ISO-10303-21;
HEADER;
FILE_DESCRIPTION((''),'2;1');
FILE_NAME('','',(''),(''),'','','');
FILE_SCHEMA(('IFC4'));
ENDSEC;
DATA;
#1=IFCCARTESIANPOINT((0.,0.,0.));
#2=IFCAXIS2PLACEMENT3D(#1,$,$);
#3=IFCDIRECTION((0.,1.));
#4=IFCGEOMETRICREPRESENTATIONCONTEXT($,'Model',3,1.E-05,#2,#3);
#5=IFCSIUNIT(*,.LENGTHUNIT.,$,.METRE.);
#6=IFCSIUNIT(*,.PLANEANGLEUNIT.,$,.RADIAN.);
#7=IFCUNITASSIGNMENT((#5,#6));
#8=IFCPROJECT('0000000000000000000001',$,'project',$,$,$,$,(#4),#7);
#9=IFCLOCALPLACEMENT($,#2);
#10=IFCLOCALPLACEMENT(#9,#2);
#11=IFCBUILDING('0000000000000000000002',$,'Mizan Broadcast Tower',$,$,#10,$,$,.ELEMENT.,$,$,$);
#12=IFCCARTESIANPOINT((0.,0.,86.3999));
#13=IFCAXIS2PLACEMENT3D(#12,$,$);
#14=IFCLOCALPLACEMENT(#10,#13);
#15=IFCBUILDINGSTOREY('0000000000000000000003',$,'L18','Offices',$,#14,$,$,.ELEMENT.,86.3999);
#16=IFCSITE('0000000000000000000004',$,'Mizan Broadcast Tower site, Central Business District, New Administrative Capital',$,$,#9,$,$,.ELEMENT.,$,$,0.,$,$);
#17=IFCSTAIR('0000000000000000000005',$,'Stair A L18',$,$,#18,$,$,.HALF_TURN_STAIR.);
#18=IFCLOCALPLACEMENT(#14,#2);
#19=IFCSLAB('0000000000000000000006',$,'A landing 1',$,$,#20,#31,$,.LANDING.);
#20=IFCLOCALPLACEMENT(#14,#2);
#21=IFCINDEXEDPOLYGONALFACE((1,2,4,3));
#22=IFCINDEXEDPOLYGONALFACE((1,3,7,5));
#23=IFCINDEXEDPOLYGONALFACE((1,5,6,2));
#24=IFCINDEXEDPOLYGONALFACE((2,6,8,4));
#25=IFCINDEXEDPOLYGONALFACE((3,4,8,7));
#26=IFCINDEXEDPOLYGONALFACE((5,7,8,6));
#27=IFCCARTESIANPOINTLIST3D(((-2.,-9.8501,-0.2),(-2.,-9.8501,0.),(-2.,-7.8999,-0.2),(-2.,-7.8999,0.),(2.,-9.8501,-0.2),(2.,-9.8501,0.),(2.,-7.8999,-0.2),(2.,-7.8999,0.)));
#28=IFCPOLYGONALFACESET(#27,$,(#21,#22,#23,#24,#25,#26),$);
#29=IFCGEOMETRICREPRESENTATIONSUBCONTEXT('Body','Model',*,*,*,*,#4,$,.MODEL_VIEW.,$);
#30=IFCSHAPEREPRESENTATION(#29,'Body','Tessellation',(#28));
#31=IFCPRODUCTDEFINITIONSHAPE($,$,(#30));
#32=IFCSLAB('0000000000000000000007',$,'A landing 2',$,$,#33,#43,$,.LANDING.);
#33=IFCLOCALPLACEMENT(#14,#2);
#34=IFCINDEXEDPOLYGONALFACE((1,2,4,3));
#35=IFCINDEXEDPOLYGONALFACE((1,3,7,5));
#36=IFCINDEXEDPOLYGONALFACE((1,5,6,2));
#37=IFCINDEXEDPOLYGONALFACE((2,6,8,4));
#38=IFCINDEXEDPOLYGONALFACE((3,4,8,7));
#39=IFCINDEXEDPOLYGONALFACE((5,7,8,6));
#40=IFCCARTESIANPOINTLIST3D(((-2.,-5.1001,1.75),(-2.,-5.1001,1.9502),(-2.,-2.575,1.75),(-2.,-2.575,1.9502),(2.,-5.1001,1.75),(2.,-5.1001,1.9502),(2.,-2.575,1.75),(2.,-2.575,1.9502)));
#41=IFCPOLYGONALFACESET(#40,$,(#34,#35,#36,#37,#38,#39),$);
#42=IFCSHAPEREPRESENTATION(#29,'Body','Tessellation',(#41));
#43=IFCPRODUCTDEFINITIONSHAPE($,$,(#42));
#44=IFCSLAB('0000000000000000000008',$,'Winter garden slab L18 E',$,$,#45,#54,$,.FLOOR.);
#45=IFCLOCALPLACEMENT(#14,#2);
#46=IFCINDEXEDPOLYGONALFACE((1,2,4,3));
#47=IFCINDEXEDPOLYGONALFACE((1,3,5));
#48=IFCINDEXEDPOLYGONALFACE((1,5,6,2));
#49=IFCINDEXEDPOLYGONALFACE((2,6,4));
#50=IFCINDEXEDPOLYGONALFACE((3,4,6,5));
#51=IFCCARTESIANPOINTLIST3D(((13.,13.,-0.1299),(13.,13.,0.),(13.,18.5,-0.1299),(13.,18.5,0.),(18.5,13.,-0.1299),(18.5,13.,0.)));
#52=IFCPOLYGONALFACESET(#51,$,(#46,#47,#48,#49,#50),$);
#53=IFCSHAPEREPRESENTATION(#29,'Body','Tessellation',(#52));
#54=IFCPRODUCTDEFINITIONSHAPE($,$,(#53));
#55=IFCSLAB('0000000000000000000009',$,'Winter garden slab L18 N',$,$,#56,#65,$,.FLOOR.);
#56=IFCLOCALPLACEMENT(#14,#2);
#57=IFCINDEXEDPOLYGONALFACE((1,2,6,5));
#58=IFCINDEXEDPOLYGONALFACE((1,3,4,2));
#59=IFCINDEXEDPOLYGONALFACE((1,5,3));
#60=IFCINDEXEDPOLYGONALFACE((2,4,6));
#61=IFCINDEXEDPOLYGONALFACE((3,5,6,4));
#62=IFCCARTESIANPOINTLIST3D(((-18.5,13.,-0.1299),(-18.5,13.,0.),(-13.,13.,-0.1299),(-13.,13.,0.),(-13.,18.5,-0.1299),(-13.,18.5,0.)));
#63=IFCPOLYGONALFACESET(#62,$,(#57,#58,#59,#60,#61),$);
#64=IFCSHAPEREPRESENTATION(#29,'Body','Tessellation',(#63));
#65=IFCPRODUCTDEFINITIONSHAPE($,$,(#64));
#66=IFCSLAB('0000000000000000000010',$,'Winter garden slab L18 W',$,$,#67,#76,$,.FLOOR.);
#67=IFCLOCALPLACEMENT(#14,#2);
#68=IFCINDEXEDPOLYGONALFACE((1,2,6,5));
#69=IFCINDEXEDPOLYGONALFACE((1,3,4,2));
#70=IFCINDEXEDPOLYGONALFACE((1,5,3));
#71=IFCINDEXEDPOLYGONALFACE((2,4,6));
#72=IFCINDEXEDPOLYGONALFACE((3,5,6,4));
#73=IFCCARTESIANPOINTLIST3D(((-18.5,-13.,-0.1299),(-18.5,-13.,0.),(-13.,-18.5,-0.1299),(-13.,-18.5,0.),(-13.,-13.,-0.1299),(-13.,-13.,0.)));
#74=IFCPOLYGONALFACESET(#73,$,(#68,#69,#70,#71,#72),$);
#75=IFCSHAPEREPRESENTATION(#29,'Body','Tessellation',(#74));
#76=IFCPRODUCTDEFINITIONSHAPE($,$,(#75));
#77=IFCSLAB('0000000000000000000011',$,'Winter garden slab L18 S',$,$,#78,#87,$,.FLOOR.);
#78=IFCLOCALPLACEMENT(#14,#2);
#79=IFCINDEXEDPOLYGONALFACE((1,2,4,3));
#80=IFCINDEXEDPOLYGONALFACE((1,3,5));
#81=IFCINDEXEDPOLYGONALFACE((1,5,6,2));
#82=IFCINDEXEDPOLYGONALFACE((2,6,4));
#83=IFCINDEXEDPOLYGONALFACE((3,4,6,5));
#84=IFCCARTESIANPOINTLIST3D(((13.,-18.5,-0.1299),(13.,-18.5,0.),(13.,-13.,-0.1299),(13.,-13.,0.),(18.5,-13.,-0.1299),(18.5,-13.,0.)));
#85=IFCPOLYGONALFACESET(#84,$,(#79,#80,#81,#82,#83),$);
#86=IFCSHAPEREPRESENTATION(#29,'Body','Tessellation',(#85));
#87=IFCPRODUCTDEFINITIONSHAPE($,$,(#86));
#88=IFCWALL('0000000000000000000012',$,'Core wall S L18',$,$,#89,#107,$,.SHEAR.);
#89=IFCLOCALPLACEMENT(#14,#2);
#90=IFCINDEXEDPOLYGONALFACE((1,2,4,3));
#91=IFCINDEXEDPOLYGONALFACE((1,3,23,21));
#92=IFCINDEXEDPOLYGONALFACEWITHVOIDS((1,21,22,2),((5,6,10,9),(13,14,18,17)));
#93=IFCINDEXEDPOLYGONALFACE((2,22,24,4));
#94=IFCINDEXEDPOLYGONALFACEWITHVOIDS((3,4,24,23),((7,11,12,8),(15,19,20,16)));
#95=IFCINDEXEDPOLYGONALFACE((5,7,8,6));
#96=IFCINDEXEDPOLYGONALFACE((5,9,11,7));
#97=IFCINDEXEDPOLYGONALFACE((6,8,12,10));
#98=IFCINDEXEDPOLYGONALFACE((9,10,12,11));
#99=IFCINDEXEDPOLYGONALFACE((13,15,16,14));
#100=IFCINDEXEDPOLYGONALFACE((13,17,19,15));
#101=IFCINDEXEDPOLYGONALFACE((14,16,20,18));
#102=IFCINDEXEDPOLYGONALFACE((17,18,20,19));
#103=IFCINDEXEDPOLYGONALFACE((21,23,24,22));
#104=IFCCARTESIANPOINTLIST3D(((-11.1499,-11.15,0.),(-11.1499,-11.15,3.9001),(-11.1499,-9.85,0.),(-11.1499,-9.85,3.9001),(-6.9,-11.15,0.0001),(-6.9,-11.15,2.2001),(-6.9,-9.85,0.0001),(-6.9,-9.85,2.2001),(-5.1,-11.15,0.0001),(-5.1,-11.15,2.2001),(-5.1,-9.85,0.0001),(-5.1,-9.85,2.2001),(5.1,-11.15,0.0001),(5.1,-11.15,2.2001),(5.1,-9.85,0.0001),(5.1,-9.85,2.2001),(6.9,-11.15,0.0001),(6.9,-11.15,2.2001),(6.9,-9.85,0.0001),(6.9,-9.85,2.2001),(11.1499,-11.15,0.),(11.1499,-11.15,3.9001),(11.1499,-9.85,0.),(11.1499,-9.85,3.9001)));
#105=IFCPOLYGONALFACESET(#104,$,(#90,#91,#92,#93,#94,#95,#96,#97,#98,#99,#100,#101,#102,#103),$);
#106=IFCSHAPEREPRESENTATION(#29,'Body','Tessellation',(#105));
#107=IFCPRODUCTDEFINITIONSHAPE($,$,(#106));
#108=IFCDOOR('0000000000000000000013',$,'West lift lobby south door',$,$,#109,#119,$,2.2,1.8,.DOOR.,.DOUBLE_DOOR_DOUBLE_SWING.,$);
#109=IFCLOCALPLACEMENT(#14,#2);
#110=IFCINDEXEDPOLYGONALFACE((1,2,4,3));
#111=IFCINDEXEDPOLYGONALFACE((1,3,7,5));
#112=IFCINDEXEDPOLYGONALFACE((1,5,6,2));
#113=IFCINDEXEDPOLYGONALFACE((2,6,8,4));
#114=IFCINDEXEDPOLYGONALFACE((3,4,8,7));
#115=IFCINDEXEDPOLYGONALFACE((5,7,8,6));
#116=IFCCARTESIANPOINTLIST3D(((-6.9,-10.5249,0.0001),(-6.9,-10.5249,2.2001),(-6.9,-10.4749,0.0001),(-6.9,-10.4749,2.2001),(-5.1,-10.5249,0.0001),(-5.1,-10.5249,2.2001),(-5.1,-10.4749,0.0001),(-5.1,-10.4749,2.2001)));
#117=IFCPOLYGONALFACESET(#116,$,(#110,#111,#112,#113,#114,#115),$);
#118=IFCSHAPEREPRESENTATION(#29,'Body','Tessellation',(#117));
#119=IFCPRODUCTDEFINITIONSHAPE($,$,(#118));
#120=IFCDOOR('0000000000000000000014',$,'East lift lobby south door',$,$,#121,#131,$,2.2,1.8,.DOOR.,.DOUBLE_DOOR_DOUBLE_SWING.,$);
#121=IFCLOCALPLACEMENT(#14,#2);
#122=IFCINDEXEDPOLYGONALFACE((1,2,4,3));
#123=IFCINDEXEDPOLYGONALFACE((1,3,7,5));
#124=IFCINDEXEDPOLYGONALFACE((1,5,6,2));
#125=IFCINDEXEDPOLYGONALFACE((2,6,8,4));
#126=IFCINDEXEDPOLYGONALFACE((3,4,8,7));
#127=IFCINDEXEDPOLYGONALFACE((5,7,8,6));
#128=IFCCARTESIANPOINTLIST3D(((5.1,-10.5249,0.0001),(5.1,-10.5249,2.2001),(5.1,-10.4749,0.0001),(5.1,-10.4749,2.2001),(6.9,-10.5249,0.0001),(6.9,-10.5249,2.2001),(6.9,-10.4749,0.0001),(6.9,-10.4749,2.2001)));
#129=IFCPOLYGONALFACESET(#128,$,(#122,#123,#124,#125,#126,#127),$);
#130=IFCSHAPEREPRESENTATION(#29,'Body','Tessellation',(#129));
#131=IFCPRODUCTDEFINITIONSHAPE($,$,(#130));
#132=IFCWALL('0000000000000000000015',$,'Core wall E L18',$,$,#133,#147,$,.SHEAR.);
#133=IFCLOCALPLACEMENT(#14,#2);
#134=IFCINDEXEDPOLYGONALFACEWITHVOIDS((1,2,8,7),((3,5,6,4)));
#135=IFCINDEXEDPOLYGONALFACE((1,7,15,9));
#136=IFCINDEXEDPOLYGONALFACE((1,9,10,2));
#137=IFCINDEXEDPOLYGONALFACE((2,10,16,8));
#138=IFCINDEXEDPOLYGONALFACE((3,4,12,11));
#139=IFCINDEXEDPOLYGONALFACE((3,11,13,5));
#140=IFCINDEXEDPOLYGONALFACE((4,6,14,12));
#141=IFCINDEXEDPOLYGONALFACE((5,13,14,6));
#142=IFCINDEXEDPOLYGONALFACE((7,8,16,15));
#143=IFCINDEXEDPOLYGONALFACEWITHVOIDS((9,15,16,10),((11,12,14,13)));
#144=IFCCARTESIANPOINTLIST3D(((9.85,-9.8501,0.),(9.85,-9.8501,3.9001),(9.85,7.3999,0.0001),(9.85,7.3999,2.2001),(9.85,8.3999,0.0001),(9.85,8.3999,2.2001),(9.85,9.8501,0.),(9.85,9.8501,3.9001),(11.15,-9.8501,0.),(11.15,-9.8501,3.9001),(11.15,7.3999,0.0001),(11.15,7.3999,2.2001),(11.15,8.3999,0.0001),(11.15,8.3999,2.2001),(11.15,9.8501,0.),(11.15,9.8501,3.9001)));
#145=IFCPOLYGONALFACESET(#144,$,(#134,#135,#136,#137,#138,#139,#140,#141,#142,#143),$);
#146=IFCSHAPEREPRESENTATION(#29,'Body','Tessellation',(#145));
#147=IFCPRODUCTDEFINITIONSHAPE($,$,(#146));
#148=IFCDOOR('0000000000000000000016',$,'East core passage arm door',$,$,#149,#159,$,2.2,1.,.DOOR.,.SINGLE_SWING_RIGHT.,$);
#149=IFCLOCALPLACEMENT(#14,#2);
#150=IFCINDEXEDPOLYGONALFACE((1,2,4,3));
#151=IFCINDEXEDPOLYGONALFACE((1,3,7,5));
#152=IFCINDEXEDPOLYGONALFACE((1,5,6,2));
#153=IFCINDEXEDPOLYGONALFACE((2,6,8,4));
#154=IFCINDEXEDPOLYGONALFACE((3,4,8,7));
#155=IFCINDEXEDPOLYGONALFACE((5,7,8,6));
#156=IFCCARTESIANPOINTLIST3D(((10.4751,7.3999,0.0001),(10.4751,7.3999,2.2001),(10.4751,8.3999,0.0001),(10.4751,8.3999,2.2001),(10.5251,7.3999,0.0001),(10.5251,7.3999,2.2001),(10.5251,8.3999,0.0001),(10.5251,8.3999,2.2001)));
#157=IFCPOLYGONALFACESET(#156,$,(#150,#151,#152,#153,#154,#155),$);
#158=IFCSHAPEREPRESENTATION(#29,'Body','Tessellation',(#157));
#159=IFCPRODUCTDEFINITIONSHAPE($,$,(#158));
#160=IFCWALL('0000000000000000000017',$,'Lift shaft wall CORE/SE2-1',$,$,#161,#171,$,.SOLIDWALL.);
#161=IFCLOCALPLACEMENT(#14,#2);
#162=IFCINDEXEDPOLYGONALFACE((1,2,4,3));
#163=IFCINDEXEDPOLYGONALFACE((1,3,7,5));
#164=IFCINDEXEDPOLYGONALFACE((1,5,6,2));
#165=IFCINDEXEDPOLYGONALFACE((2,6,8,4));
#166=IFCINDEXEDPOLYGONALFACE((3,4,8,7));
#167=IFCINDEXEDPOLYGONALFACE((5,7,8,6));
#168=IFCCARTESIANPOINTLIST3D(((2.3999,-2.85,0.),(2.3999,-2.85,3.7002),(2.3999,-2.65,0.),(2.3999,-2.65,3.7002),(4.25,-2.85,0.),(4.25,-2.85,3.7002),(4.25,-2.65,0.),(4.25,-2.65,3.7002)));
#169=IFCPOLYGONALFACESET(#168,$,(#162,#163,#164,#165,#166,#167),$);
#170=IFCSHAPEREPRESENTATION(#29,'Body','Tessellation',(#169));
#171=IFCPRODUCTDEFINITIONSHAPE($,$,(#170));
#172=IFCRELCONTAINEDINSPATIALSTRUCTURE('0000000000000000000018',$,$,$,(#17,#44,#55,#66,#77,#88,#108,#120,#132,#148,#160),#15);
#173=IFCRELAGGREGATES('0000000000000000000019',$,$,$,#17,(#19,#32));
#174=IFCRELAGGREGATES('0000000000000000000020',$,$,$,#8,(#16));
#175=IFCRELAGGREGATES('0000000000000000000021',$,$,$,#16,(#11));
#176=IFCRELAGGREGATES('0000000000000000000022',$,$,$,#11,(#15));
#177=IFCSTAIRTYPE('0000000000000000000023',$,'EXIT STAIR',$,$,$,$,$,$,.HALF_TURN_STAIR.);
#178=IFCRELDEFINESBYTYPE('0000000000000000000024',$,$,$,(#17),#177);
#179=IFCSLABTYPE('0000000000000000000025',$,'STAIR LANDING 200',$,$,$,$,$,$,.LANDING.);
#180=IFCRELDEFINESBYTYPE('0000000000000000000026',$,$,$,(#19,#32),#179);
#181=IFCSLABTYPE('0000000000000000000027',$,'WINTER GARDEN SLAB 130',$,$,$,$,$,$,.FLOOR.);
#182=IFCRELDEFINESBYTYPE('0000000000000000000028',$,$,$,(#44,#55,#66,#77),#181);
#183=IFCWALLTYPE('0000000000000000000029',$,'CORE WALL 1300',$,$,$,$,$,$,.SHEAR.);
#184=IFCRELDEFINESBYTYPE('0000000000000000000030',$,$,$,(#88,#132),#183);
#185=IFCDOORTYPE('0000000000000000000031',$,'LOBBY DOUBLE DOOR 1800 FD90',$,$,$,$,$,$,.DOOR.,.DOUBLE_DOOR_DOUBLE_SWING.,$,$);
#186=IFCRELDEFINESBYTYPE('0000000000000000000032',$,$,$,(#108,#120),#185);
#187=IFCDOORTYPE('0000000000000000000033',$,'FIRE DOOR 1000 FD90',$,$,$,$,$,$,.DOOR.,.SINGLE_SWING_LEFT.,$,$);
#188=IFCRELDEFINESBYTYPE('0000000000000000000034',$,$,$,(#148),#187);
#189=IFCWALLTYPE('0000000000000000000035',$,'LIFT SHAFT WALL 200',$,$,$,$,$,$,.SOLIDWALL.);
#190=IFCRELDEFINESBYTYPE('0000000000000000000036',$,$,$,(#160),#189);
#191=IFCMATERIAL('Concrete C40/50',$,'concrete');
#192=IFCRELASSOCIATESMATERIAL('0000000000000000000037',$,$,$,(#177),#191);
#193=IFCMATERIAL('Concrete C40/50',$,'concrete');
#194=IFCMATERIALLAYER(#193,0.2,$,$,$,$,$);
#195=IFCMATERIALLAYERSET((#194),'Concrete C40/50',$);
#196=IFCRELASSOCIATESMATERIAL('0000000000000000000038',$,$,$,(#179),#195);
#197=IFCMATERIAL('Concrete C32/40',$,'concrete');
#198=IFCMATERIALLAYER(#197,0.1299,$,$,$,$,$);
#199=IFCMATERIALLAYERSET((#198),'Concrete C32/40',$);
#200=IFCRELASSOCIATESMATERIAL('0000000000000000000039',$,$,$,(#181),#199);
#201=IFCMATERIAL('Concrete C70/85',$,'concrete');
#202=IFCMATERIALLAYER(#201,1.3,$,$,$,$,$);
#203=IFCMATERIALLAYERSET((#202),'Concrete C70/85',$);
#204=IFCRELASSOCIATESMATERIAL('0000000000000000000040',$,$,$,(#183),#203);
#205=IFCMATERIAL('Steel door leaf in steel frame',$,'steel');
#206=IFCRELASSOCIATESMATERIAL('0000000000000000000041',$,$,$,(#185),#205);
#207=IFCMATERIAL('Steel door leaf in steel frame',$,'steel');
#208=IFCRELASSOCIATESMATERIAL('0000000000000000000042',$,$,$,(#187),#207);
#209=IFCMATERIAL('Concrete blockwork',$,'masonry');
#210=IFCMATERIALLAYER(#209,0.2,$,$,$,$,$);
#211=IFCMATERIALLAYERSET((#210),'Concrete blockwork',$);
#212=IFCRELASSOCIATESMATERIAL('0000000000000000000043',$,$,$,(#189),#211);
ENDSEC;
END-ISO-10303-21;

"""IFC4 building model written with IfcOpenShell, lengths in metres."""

from ifc_helpers import new_model, si_unit, direction, frame, frame_2d, origin, place, context, subcontext, project, spatial, polyline, rectangle, outline, extrude, material, layer, layer_set, type_object, element, fill, aggregate, save


model = new_model("IFC4")

# Units and contexts
model_context = context("Model", 3, precision=1e-05, world=origin(), true_north=direction((0.0, 1.0)))
body_context = subcontext(model_context, "Body", "Model", "MODEL_VIEW")
ifc_project = project(units=[si_unit("LENGTHUNIT", "METRE"), si_unit("PLANEANGLEUNIT", "RADIAN")], contexts=[model_context])

# Site, building, storey
site_placement = place(None, origin())
site = spatial("IfcSite", under=ifc_project, at=site_placement, Name="Mizan Broadcast Tower site, Central Business District, New Administrative Capital", CompositionType="ELEMENT", RefElevation=0.0)
building_placement = place(site_placement, origin())
building = spatial("IfcBuilding", under=site, at=building_placement, Name="Mizan Broadcast Tower", CompositionType="ELEMENT")
storey_placement = place(building_placement, frame((0.0, 0.0, 86.3999)))
storey = spatial("IfcBuildingStorey", under=building, at=storey_placement, Name="L18", Description="Offices", CompositionType="ELEMENT", Elevation=86.3999)

# Stair, slabs
ifc_material_1 = material(Name="Concrete C40/50", Category="concrete")
stair_type = type_object("IfcStairType", Name="EXIT STAIR", PredefinedType="HALF_TURN_STAIR", material=ifc_material_1)
stair_placement = place(storey_placement, origin())
stair = element("IfcStair", 1, at=stair_placement, inside=storey, type_object=stair_type, Name="Stair A L18", PredefinedType="HALF_TURN_STAIR")
ifc_material_2 = material(Name="Concrete C40/50", Category="concrete")
ifc_layer_1 = layer(ifc_material_2, 0.2)
ifc_layer_set_1 = layer_set([ifc_layer_1], Name="Concrete C40/50")
slab_type_1 = type_object("IfcSlabType", Name="STAIR LANDING 200", PredefinedType="LANDING", material=ifc_layer_set_1)
slab_1_placement = place(storey_placement, frame((0.0, 0.0, -0.2)))
slab_1 = element("IfcSlab", 2, at=slab_1_placement, type_object=slab_type_1, Name="A landing 1", PredefinedType="LANDING", context=body_context, shape_type="SweptSolid", body=[
    extrude(outline(polyline([(-2.0, -9.8501), (-2.0, -7.8999), (2.0, -7.8999), (2.0, -9.8501), (-2.0, -9.8501)])), origin(), (0.0, 0.0, 1.0), 0.2),
])
slab_2_placement = place(storey_placement, frame((0.0, 0.0, 1.75)))
slab_2 = element("IfcSlab", 3, at=slab_2_placement, type_object=slab_type_1, Name="A landing 2", PredefinedType="LANDING", context=body_context, shape_type="SweptSolid", body=[
    extrude(outline(polyline([(-2.0, -5.1001), (-2.0, -2.575), (2.0, -2.575), (2.0, -5.1001), (-2.0, -5.1001)])), origin(), (0.0, 0.0, 1.0), 0.2002),
])

# Slabs
ifc_material_3 = material(Name="Concrete C32/40", Category="concrete")
ifc_layer_2 = layer(ifc_material_3, 0.1299)
ifc_layer_set_2 = layer_set([ifc_layer_2], Name="Concrete C32/40")
slab_type_2 = type_object("IfcSlabType", Name="WINTER GARDEN SLAB 130", PredefinedType="FLOOR", material=ifc_layer_set_2)
slab_3_placement = place(storey_placement, frame((0.0, 0.0, -0.1299)))
element("IfcSlab", 4, at=slab_3_placement, inside=storey, type_object=slab_type_2, Name="Winter garden slab L18 E", PredefinedType="FLOOR", context=body_context, shape_type="SweptSolid", body=[
    extrude(outline(polyline([(13.0, 13.0), (18.5, 13.0), (13.0, 18.5), (13.0, 13.0)])), origin(), (0.0, 0.0, 1.0), 0.1299),
])
slab_4_placement = place(storey_placement, frame((0.0, 0.0, -0.1299)))
element("IfcSlab", 5, at=slab_4_placement, inside=storey, type_object=slab_type_2, Name="Winter garden slab L18 N", PredefinedType="FLOOR", context=body_context, shape_type="SweptSolid", body=[
    extrude(outline(polyline([(-13.0, 13.0), (-13.0, 18.5), (-18.5, 13.0), (-13.0, 13.0)])), origin(), (0.0, 0.0, 1.0), 0.1299),
])
slab_5_placement = place(storey_placement, frame((0.0, 0.0, -0.1299)))
element("IfcSlab", 6, at=slab_5_placement, inside=storey, type_object=slab_type_2, Name="Winter garden slab L18 W", PredefinedType="FLOOR", context=body_context, shape_type="SweptSolid", body=[
    extrude(outline(polyline([(-13.0, -13.0), (-18.5, -13.0), (-13.0, -18.5), (-13.0, -13.0)])), origin(), (0.0, 0.0, 1.0), 0.1299),
])
slab_6_placement = place(storey_placement, frame((0.0, 0.0, -0.1299)))
element("IfcSlab", 7, at=slab_6_placement, inside=storey, type_object=slab_type_2, Name="Winter garden slab L18 S", PredefinedType="FLOOR", context=body_context, shape_type="SweptSolid", body=[
    extrude(outline(polyline([(13.0, -13.0), (13.0, -18.5), (18.5, -13.0), (13.0, -13.0)])), origin(), (0.0, 0.0, 1.0), 0.1299),
])

# Wall, openings, doors
ifc_material_4 = material(Name="Concrete C70/85", Category="concrete")
ifc_layer_3 = layer(ifc_material_4, 1.3)
ifc_layer_set_3 = layer_set([ifc_layer_3], Name="Concrete C70/85")
wall_type_1 = type_object("IfcWallType", Name="CORE WALL 1300", PredefinedType="SHEAR", material=ifc_layer_set_3)
wall_1_placement = place(storey_placement, frame((11.1499, -10.5, 0.0), z_axis=(0.0, 0.0, 1.0), x_axis=(-1.0, 0.0, 0.0)))
wall_1 = element("IfcWall", 8, at=wall_1_placement, inside=storey, type_object=wall_type_1, Name="Core wall S L18", PredefinedType="SHEAR", context=body_context, shape_type="SweptSolid", body=[
    extrude(rectangle(XDim=22.2998, YDim=1.3, at=frame_2d((11.1499, 0.0))), origin(), (0.0, 0.0, 1.0), 3.9001),
])
opening_1_placement = place(wall_1_placement, frame((16.25, 0.0, 0.0)))
opening_1 = element("IfcOpeningElement", 9, at=opening_1_placement, cuts=wall_1, PredefinedType="OPENING", context=body_context, shape_type="SweptSolid", body=[
    extrude(rectangle(XDim=1.8, YDim=2.2, at=frame_2d((0.8999, 1.1001))), frame((0.0, 0.6599, 0.0), z_axis=(0.0, -1.0, 0.0), x_axis=(1.0, 0.0, 0.0)), (0.0, 0.0, 1.0), 1.3201),
])
opening_2_placement = place(wall_1_placement, frame((4.25, 0.0, 0.0)))
opening_2 = element("IfcOpeningElement", 10, at=opening_2_placement, cuts=wall_1, PredefinedType="OPENING", context=body_context, shape_type="SweptSolid", body=[
    extrude(rectangle(XDim=1.8, YDim=2.2, at=frame_2d((0.8999, 1.1001))), frame((0.0, 0.6599, 0.0), z_axis=(0.0, -1.0, 0.0), x_axis=(1.0, 0.0, 0.0)), (0.0, 0.0, 1.0), 1.3201),
])
ifc_material_5 = material(Name="Steel door leaf in steel frame", Category="steel")
door_type_1 = type_object("IfcDoorType", Name="LOBBY DOUBLE DOOR 1800 FD90", OperationType="DOUBLE_DOOR_DOUBLE_SWING", PredefinedType="DOOR", material=ifc_material_5)
door_1_placement = place(opening_1_placement, origin())
door_1 = element("IfcDoor", 11, at=door_1_placement, inside=storey, type_object=door_type_1, Name="West lift lobby south door", OperationType="DOUBLE_DOOR_DOUBLE_SWING", OverallHeight=2.2, OverallWidth=1.8, PredefinedType="DOOR", context=body_context, shape_type="SweptSolid", body=[
    extrude(rectangle(XDim=1.8, YDim=2.2, at=frame_2d((0.8999, 1.1001))), frame((0.0, 0.0249, 0.0), z_axis=(0.0, -1.0, 0.0), x_axis=(1.0, 0.0, 0.0)), (0.0, 0.0, 1.0), 0.05),
])
fill(opening_1, door_1)
door_2_placement = place(opening_2_placement, origin())
door_2 = element("IfcDoor", 12, at=door_2_placement, inside=storey, type_object=door_type_1, Name="East lift lobby south door", OperationType="DOUBLE_DOOR_DOUBLE_SWING", OverallHeight=2.2, OverallWidth=1.8, PredefinedType="DOOR", context=body_context, shape_type="SweptSolid", body=[
    extrude(rectangle(XDim=1.8, YDim=2.2, at=frame_2d((0.8999, 1.1001))), frame((0.0, 0.0249, 0.0), z_axis=(0.0, -1.0, 0.0), x_axis=(1.0, 0.0, 0.0)), (0.0, 0.0, 1.0), 0.05),
])
fill(opening_2, door_2)

# Wall, opening, door
wall_2_placement = place(storey_placement, frame((10.5, -9.8501, 0.0), z_axis=(0.0, 0.0, 1.0), x_axis=(0.0, 1.0, 0.0)))
wall_2 = element("IfcWall", 13, at=wall_2_placement, inside=storey, type_object=wall_type_1, Name="Core wall E L18", PredefinedType="SHEAR", context=body_context, shape_type="SweptSolid", body=[
    extrude(rectangle(XDim=19.7002, YDim=1.3, at=frame_2d((9.8501, 0.0))), origin(), (0.0, 0.0, 1.0), 3.9001),
])
opening_3_placement = place(wall_2_placement, frame((17.25, 0.0, 0.0)))
opening_3 = element("IfcOpeningElement", 14, at=opening_3_placement, cuts=wall_2, PredefinedType="OPENING", context=body_context, shape_type="SweptSolid", body=[
    extrude(rectangle(XDim=1.0, YDim=2.2, at=frame_2d((0.5, 1.1001))), frame((0.0, 0.6599, 0.0), z_axis=(0.0, -1.0, 0.0), x_axis=(1.0, 0.0, 0.0)), (0.0, 0.0, 1.0), 1.3201),
])
ifc_material_6 = material(Name="Steel door leaf in steel frame", Category="steel")
door_type_2 = type_object("IfcDoorType", Name="FIRE DOOR 1000 FD90", OperationType="SINGLE_SWING_LEFT", PredefinedType="DOOR", material=ifc_material_6)
door_3_placement = place(opening_3_placement, origin())
door_3 = element("IfcDoor", 15, at=door_3_placement, inside=storey, type_object=door_type_2, Name="East core passage arm door", OperationType="SINGLE_SWING_RIGHT", OverallHeight=2.2, OverallWidth=1.0, PredefinedType="DOOR", context=body_context, shape_type="SweptSolid", body=[
    extrude(rectangle(XDim=1.0, YDim=2.2, at=frame_2d((0.5, 1.1001))), frame((0.0, 0.0249, 0.0), z_axis=(0.0, -1.0, 0.0), x_axis=(1.0, 0.0, 0.0)), (0.0, 0.0, 1.0), 0.05),
])
fill(opening_3, door_3)

# Wall
ifc_material_7 = material(Name="Concrete blockwork", Category="masonry")
ifc_layer_4 = layer(ifc_material_7, 0.2)
ifc_layer_set_4 = layer_set([ifc_layer_4], Name="Concrete blockwork")
wall_type_2 = type_object("IfcWallType", Name="LIFT SHAFT WALL 200", PredefinedType="SOLIDWALL", material=ifc_layer_set_4)
wall_3_placement = place(storey_placement, frame((2.3999, -2.75, 0.0), z_axis=(0.0, 0.0, 1.0), x_axis=(1.0, 0.0, 0.0)))
element("IfcWall", 16, at=wall_3_placement, inside=storey, type_object=wall_type_2, Name="Lift shaft wall CORE/SE2-1", PredefinedType="SOLIDWALL", context=body_context, shape_type="SweptSolid", body=[
    extrude(rectangle(XDim=1.8501, YDim=0.2, at=frame_2d((0.925, 0.0))), origin(), (0.0, 0.0, 1.0), 3.7002),
])

aggregate(stair, [slab_1, slab_2])

save(model, "model.ifc")
